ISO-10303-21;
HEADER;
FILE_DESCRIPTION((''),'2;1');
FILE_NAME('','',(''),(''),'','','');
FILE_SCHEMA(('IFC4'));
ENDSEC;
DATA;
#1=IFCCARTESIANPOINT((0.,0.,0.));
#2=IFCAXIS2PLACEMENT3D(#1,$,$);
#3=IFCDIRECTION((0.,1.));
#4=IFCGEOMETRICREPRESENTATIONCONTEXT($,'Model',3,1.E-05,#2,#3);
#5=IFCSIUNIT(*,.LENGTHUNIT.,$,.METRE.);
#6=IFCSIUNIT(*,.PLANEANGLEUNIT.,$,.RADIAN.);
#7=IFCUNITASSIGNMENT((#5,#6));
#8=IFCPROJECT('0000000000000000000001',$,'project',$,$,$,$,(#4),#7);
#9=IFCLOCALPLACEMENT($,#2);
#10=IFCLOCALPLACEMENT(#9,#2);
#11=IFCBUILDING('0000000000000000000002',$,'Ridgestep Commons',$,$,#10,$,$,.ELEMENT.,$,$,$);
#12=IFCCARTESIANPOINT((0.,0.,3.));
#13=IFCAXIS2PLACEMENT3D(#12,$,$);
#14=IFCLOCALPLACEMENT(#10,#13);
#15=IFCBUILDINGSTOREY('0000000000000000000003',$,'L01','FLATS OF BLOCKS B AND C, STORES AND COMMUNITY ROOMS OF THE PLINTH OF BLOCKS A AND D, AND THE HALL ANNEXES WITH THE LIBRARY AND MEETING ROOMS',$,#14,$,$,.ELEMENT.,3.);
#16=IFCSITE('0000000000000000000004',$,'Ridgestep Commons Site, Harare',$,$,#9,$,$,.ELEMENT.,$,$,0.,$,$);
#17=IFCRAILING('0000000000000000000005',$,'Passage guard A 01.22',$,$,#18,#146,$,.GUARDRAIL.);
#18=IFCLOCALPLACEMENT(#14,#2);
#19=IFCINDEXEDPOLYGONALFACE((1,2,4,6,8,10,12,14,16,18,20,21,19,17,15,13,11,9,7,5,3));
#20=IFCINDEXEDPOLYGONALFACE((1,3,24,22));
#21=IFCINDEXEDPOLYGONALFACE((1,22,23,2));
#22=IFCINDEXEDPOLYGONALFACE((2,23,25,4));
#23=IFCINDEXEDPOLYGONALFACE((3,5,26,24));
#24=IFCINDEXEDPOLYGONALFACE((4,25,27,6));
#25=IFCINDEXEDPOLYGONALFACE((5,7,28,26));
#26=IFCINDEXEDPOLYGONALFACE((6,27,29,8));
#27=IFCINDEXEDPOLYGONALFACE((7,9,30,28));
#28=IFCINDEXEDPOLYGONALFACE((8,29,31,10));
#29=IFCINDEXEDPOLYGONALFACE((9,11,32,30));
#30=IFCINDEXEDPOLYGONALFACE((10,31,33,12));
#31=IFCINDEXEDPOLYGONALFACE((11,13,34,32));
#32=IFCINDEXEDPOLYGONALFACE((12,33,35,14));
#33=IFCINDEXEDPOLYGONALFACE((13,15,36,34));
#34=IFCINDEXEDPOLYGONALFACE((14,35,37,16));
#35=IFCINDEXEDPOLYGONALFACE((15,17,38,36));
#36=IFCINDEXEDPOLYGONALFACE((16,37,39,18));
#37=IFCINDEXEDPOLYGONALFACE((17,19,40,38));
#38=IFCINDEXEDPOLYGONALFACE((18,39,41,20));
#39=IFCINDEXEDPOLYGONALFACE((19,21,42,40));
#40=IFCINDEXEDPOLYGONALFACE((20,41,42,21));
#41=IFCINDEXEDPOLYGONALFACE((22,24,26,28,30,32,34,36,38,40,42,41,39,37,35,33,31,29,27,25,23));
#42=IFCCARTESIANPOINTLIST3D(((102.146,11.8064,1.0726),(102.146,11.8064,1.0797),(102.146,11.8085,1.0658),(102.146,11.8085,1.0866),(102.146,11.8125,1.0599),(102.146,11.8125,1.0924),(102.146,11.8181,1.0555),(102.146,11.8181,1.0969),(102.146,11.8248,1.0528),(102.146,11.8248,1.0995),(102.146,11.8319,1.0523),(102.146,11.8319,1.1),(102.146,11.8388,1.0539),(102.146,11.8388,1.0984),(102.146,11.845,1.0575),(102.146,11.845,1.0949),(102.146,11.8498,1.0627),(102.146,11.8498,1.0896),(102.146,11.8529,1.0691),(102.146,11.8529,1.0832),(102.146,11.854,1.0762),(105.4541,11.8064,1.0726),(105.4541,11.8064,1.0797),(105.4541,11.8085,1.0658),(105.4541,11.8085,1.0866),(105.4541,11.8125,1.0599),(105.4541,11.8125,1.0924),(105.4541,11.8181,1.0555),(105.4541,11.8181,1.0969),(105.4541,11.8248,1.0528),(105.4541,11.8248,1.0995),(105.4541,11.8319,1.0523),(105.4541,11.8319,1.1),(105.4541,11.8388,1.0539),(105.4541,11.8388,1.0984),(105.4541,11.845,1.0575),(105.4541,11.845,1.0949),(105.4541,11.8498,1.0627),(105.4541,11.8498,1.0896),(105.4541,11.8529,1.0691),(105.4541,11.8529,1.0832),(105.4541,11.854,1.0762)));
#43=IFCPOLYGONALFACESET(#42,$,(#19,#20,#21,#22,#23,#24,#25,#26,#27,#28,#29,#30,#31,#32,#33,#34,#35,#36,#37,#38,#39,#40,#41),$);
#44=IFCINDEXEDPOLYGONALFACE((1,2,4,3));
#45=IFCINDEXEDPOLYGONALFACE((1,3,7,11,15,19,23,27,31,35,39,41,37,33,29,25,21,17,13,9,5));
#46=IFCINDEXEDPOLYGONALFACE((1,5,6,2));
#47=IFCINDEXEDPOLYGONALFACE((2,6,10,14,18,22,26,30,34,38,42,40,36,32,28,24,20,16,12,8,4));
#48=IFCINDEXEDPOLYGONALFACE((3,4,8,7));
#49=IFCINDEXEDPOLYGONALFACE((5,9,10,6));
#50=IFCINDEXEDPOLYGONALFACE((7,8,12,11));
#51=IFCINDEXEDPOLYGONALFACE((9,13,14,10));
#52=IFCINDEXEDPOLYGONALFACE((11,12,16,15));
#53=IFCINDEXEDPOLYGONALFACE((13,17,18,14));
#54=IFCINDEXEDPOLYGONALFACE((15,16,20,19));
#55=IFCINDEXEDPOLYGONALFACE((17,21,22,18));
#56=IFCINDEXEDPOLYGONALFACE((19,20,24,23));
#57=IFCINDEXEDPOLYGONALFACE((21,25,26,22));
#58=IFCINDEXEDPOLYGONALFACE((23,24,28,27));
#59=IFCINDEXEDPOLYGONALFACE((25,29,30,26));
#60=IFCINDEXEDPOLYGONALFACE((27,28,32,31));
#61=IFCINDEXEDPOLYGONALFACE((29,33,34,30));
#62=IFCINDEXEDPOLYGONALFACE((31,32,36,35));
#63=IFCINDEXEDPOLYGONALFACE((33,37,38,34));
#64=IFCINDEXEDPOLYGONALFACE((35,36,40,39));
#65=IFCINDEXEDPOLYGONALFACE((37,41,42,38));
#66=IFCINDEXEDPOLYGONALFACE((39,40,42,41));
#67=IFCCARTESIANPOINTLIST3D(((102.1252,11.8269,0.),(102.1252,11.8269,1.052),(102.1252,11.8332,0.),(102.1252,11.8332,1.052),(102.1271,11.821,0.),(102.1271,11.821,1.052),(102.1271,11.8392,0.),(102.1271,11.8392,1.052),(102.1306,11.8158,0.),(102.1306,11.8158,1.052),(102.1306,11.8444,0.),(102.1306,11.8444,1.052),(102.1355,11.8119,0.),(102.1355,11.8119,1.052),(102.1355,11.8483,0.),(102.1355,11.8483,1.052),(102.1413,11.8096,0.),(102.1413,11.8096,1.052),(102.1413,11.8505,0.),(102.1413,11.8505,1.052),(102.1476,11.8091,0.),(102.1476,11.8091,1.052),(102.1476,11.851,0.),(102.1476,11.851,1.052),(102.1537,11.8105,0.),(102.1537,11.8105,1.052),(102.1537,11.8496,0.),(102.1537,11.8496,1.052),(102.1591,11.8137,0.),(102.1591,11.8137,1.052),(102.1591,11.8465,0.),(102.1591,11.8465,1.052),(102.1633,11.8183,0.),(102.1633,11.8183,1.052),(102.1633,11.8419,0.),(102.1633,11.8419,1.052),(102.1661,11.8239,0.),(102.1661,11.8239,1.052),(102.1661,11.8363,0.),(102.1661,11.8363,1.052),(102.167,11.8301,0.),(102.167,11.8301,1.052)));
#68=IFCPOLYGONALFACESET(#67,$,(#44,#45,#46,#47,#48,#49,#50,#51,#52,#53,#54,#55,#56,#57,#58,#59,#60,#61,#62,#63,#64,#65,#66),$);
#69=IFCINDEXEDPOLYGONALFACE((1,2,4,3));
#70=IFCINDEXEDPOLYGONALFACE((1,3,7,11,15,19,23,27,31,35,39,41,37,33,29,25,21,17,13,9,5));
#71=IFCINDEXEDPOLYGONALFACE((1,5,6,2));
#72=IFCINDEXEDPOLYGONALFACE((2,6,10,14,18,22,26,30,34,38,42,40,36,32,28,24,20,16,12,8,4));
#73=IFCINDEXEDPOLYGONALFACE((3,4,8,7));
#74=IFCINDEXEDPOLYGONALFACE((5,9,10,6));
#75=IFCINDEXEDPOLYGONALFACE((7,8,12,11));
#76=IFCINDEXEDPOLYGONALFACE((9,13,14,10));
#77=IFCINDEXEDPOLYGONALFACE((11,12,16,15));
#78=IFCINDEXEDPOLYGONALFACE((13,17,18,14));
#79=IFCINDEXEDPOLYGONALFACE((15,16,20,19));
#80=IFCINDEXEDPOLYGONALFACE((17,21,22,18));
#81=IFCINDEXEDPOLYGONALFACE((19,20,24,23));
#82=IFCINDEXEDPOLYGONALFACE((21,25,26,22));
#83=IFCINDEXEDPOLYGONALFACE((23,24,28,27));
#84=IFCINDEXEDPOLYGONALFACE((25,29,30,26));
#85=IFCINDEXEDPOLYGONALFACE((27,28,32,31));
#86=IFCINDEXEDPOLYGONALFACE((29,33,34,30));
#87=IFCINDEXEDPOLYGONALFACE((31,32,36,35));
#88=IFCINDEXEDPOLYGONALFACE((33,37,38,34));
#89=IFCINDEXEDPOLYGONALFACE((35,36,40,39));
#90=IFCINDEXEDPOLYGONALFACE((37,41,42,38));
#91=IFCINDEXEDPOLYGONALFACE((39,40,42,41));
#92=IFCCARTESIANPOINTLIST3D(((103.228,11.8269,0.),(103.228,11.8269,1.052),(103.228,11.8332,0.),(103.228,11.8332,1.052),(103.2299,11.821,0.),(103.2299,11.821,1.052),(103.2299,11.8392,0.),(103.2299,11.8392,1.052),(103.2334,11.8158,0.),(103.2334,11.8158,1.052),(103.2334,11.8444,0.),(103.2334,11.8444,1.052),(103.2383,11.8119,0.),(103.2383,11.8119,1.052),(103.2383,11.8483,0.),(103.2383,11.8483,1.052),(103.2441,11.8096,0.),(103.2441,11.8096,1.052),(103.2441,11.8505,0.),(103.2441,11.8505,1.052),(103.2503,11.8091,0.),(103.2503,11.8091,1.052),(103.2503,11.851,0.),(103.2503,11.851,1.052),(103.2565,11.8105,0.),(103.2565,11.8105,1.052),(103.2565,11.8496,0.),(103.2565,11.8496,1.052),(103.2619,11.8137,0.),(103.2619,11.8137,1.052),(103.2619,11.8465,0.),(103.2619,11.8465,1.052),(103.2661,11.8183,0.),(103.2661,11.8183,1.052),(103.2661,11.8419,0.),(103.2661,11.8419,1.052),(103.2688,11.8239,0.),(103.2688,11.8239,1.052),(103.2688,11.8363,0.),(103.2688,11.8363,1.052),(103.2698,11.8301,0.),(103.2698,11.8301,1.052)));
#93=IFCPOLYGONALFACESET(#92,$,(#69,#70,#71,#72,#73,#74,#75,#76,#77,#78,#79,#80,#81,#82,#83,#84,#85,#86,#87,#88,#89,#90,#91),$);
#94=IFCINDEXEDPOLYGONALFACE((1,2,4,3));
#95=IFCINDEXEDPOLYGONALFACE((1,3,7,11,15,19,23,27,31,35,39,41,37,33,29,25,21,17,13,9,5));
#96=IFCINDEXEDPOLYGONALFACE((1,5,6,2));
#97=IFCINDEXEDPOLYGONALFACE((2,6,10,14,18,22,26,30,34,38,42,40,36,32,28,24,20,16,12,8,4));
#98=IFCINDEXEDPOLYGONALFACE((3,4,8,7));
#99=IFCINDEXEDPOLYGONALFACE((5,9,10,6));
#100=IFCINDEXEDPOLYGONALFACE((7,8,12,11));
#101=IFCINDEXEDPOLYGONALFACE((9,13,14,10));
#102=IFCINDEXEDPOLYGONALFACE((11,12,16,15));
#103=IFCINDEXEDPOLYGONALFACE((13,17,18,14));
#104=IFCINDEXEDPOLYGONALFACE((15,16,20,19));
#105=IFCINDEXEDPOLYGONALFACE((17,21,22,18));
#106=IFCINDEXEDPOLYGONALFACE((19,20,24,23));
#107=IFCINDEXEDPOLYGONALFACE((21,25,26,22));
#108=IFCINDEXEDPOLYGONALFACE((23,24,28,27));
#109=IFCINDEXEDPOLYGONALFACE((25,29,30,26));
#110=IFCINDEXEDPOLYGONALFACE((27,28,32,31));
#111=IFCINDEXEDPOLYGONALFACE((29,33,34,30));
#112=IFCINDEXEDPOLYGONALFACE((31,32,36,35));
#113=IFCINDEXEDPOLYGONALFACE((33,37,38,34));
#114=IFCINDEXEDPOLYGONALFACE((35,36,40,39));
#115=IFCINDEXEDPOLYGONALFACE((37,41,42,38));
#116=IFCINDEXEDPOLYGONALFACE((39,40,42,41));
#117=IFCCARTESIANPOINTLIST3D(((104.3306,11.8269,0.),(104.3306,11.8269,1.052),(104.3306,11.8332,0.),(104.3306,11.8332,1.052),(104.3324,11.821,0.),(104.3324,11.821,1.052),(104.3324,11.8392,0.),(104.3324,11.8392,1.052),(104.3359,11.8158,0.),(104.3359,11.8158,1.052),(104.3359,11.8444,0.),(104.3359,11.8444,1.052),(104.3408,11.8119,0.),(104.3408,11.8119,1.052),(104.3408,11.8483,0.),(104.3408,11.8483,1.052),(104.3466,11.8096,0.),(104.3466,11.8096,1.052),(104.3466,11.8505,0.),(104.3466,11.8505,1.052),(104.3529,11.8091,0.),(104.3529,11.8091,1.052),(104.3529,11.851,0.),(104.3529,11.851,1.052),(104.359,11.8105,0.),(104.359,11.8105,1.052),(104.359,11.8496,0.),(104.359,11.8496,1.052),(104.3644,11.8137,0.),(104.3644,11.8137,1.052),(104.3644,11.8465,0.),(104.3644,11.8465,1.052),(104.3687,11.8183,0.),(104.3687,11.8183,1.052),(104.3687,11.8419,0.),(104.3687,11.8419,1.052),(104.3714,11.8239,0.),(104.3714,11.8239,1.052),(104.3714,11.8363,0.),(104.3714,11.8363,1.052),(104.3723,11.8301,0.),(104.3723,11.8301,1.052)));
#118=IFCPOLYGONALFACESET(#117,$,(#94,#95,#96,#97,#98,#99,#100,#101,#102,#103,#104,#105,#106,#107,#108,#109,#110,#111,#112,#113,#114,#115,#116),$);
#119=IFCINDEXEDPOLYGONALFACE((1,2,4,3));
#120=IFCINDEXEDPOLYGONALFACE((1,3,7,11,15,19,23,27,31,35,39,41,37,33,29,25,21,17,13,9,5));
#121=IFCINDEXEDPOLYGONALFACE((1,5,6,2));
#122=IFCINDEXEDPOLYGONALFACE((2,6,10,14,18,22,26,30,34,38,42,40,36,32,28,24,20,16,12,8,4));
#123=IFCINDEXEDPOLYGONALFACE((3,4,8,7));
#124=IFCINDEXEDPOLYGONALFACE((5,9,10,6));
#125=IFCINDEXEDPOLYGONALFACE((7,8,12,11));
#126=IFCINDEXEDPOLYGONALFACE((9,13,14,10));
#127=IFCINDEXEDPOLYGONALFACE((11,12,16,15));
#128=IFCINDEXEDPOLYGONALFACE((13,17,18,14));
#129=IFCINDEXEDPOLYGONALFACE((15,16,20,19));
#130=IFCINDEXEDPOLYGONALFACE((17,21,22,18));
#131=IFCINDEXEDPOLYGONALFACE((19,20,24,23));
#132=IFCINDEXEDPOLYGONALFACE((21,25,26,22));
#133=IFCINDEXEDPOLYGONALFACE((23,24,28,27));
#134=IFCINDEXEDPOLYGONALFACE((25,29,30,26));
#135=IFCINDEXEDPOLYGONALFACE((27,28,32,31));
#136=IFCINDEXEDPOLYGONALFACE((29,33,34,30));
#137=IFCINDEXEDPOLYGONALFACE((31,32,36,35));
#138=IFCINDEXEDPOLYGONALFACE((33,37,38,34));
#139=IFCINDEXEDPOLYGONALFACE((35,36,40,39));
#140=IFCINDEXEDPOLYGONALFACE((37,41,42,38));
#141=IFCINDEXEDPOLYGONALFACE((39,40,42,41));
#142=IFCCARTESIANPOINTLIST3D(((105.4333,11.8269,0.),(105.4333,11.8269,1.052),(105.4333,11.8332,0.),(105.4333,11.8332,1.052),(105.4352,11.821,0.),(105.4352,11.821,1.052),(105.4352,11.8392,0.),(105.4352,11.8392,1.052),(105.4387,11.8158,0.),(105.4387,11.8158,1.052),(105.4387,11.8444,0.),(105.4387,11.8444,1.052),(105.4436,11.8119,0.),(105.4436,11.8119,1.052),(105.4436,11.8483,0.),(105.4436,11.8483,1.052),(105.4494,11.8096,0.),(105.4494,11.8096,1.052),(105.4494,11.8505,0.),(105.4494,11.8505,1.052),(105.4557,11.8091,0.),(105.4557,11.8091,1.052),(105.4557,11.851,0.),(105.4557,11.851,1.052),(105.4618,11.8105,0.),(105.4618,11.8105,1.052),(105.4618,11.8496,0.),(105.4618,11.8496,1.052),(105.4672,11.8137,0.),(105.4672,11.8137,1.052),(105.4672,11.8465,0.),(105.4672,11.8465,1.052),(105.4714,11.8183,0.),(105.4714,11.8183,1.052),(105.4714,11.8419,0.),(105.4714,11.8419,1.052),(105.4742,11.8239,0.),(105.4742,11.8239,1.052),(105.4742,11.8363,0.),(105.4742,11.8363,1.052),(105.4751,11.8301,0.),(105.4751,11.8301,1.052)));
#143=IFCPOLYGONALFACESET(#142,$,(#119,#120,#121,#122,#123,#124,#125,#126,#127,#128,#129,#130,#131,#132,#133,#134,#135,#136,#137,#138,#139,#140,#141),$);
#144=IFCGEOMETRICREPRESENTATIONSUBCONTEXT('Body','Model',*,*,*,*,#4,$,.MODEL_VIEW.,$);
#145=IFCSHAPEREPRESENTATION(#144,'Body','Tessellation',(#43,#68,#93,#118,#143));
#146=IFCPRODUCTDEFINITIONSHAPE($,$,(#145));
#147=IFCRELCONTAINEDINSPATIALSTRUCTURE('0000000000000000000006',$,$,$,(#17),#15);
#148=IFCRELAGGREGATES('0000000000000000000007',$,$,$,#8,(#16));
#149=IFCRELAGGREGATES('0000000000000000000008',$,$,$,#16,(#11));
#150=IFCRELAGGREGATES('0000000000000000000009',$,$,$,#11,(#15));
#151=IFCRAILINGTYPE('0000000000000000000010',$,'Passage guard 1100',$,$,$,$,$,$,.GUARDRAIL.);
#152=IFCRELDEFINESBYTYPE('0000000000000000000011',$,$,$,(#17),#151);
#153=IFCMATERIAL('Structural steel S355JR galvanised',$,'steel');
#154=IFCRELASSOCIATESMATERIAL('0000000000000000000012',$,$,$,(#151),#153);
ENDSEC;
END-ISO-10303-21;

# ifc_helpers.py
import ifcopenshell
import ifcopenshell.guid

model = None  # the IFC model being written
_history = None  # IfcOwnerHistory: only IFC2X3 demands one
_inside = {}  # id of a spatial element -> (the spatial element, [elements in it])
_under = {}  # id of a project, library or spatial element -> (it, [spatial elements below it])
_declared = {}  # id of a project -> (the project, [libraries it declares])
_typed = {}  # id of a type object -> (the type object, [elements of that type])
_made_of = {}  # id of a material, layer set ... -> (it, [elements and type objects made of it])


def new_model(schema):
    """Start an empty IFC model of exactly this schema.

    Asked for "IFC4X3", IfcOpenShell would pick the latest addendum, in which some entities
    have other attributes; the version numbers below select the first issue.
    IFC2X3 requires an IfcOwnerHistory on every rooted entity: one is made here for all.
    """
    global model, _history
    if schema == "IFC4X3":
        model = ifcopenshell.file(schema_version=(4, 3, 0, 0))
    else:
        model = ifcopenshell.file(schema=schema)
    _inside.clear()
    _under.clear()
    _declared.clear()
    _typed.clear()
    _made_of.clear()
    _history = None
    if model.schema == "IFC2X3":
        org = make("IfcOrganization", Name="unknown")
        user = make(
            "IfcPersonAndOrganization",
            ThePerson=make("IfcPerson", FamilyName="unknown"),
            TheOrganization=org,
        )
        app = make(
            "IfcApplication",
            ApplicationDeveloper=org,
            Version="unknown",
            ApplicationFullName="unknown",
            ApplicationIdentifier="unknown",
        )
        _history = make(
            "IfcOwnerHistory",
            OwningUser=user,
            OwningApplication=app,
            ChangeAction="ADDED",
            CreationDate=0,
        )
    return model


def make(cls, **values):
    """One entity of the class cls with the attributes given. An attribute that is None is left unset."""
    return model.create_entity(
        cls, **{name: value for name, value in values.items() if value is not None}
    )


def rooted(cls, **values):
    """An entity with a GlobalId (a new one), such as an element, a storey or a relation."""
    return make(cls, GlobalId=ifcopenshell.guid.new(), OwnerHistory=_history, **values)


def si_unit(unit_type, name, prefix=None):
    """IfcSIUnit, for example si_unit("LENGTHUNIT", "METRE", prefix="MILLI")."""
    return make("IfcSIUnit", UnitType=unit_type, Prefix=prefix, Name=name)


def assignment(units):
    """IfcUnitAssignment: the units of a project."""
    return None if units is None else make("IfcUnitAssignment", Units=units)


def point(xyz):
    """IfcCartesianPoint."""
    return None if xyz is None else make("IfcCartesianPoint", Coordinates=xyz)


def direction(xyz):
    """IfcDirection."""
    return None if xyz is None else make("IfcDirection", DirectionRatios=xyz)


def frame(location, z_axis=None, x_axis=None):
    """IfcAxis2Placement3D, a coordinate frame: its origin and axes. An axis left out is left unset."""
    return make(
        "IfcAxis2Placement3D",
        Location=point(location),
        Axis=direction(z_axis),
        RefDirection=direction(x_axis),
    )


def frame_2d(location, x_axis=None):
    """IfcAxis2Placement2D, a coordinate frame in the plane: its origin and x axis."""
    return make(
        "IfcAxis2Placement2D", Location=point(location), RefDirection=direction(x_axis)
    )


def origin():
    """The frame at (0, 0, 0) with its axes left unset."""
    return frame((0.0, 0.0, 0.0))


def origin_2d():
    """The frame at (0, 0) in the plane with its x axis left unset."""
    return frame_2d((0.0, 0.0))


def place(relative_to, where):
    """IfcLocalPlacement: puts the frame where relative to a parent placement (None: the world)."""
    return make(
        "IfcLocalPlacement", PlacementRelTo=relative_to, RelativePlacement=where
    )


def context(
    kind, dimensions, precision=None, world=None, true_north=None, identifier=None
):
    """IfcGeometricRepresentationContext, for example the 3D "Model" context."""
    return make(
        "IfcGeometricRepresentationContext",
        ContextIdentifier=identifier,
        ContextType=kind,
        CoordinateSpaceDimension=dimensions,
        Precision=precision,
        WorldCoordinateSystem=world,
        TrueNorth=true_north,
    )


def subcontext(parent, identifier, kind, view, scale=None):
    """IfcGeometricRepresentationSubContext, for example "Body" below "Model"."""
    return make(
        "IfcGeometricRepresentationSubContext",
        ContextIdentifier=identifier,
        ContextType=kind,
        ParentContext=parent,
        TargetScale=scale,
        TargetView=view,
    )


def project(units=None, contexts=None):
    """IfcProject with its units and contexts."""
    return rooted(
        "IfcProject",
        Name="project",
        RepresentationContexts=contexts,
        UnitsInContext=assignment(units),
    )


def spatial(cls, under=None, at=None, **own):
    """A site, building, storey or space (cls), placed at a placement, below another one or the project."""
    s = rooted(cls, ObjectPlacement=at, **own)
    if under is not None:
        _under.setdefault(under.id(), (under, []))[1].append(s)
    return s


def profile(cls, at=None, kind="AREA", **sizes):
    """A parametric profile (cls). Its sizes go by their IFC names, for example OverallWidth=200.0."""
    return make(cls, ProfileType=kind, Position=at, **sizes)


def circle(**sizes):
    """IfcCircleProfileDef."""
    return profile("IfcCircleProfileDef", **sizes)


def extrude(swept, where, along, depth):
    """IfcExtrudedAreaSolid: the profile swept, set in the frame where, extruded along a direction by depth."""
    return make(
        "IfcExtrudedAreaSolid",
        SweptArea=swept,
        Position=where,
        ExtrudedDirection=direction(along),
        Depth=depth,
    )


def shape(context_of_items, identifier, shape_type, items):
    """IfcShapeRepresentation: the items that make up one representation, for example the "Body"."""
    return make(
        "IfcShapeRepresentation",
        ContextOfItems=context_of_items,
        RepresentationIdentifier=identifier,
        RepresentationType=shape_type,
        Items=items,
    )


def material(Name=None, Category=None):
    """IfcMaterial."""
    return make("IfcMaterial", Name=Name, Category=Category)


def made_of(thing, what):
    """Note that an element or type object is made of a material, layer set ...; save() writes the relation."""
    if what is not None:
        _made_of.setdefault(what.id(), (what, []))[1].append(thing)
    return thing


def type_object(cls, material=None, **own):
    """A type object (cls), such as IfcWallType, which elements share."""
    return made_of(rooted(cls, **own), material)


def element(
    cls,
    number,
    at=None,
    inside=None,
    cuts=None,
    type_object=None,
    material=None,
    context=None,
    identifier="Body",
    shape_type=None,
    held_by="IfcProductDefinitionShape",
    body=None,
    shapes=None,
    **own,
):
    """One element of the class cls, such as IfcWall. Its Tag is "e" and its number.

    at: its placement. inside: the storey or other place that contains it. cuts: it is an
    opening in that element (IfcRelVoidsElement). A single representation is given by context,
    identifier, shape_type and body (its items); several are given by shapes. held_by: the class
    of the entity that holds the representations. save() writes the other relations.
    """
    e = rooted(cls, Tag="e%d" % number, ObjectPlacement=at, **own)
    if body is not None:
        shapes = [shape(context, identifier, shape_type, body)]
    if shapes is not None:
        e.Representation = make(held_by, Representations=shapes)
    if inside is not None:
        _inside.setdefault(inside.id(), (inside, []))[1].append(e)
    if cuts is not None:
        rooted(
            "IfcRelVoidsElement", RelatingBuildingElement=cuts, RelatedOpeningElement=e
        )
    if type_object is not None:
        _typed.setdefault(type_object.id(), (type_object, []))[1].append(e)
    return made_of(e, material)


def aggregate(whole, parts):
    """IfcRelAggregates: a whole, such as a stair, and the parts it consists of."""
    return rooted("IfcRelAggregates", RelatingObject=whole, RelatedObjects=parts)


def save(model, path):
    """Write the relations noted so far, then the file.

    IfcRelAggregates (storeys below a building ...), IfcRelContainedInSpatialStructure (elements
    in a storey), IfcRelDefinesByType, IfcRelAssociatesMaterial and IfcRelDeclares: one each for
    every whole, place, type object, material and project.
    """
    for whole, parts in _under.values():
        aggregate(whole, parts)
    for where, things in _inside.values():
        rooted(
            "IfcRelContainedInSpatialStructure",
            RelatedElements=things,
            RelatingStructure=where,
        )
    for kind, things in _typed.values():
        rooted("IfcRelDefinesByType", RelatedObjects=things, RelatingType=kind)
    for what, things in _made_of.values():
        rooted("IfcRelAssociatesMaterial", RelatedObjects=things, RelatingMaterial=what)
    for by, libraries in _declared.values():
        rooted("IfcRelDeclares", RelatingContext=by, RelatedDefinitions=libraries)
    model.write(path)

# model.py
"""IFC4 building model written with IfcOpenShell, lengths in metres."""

from ifc_helpers import new_model, si_unit, direction, frame, origin, origin_2d, place, context, subcontext, project, spatial, circle, extrude, material, type_object, element, save


model = new_model("IFC4")

# Units and contexts
model_context = context("Model", 3, precision=1e-05, world=origin(), true_north=direction((0.0, 1.0)))
body_context = subcontext(model_context, "Body", "Model", "MODEL_VIEW")
ifc_project = project(units=[si_unit("LENGTHUNIT", "METRE"), si_unit("PLANEANGLEUNIT", "RADIAN")], contexts=[model_context])

# Site, building, storey
site_placement = place(None, origin())
site = spatial("IfcSite", under=ifc_project, at=site_placement, Name="Ridgestep Commons Site, Harare", CompositionType="ELEMENT", RefElevation=0.0)
building_placement = place(site_placement, origin())
building = spatial("IfcBuilding", under=site, at=building_placement, Name="Ridgestep Commons", CompositionType="ELEMENT")
storey_placement = place(building_placement, frame((0.0, 0.0, 3.0)))
storey = spatial("IfcBuildingStorey", under=building, at=storey_placement, Name="L01", Description="FLATS OF BLOCKS B AND C, STORES AND COMMUNITY ROOMS OF THE PLINTH OF BLOCKS A AND D, AND THE HALL ANNEXES WITH THE LIBRARY AND MEETING ROOMS", CompositionType="ELEMENT", Elevation=3.0)

# Railing
ifc_material_1 = material(Name="Structural steel S355JR galvanised", Category="steel")
railing_type = type_object("IfcRailingType", Name="Passage guard 1100", PredefinedType="GUARDRAIL", material=ifc_material_1)
railing_1_placement = place(storey_placement, frame((102.146, 11.8301, 0.0)))
element("IfcRailing", 1, at=railing_1_placement, inside=storey, type_object=railing_type, Name="Passage guard A 01.22", PredefinedType="GUARDRAIL", context=body_context, shape_type="SweptSolid", body=[
    extrude(circle(Radius=0.0239, at=origin_2d()), frame((0.0, 0.0, 1.0762), z_axis=(1.0, 0.0, 0.0), x_axis=(0.0, 1.0, 0.0)), (0.0, 0.0, 1.0), 3.3081),
    extrude(circle(Radius=0.021, at=origin_2d()), origin(), (0.0, 0.0, 1.0), 1.052),
    extrude(circle(Radius=0.021, at=origin_2d()), frame((1.1028, 0.0, 0.0)), (0.0, 0.0, 1.0), 1.052),
    extrude(circle(Radius=0.021, at=origin_2d()), frame((2.2053, 0.0, 0.0)), (0.0, 0.0, 1.0), 1.052),
    extrude(circle(Radius=0.021, at=origin_2d()), frame((3.3081, 0.0, 0.0)), (0.0, 0.0, 1.0), 1.052),
])

save(model, "model.ifc")
